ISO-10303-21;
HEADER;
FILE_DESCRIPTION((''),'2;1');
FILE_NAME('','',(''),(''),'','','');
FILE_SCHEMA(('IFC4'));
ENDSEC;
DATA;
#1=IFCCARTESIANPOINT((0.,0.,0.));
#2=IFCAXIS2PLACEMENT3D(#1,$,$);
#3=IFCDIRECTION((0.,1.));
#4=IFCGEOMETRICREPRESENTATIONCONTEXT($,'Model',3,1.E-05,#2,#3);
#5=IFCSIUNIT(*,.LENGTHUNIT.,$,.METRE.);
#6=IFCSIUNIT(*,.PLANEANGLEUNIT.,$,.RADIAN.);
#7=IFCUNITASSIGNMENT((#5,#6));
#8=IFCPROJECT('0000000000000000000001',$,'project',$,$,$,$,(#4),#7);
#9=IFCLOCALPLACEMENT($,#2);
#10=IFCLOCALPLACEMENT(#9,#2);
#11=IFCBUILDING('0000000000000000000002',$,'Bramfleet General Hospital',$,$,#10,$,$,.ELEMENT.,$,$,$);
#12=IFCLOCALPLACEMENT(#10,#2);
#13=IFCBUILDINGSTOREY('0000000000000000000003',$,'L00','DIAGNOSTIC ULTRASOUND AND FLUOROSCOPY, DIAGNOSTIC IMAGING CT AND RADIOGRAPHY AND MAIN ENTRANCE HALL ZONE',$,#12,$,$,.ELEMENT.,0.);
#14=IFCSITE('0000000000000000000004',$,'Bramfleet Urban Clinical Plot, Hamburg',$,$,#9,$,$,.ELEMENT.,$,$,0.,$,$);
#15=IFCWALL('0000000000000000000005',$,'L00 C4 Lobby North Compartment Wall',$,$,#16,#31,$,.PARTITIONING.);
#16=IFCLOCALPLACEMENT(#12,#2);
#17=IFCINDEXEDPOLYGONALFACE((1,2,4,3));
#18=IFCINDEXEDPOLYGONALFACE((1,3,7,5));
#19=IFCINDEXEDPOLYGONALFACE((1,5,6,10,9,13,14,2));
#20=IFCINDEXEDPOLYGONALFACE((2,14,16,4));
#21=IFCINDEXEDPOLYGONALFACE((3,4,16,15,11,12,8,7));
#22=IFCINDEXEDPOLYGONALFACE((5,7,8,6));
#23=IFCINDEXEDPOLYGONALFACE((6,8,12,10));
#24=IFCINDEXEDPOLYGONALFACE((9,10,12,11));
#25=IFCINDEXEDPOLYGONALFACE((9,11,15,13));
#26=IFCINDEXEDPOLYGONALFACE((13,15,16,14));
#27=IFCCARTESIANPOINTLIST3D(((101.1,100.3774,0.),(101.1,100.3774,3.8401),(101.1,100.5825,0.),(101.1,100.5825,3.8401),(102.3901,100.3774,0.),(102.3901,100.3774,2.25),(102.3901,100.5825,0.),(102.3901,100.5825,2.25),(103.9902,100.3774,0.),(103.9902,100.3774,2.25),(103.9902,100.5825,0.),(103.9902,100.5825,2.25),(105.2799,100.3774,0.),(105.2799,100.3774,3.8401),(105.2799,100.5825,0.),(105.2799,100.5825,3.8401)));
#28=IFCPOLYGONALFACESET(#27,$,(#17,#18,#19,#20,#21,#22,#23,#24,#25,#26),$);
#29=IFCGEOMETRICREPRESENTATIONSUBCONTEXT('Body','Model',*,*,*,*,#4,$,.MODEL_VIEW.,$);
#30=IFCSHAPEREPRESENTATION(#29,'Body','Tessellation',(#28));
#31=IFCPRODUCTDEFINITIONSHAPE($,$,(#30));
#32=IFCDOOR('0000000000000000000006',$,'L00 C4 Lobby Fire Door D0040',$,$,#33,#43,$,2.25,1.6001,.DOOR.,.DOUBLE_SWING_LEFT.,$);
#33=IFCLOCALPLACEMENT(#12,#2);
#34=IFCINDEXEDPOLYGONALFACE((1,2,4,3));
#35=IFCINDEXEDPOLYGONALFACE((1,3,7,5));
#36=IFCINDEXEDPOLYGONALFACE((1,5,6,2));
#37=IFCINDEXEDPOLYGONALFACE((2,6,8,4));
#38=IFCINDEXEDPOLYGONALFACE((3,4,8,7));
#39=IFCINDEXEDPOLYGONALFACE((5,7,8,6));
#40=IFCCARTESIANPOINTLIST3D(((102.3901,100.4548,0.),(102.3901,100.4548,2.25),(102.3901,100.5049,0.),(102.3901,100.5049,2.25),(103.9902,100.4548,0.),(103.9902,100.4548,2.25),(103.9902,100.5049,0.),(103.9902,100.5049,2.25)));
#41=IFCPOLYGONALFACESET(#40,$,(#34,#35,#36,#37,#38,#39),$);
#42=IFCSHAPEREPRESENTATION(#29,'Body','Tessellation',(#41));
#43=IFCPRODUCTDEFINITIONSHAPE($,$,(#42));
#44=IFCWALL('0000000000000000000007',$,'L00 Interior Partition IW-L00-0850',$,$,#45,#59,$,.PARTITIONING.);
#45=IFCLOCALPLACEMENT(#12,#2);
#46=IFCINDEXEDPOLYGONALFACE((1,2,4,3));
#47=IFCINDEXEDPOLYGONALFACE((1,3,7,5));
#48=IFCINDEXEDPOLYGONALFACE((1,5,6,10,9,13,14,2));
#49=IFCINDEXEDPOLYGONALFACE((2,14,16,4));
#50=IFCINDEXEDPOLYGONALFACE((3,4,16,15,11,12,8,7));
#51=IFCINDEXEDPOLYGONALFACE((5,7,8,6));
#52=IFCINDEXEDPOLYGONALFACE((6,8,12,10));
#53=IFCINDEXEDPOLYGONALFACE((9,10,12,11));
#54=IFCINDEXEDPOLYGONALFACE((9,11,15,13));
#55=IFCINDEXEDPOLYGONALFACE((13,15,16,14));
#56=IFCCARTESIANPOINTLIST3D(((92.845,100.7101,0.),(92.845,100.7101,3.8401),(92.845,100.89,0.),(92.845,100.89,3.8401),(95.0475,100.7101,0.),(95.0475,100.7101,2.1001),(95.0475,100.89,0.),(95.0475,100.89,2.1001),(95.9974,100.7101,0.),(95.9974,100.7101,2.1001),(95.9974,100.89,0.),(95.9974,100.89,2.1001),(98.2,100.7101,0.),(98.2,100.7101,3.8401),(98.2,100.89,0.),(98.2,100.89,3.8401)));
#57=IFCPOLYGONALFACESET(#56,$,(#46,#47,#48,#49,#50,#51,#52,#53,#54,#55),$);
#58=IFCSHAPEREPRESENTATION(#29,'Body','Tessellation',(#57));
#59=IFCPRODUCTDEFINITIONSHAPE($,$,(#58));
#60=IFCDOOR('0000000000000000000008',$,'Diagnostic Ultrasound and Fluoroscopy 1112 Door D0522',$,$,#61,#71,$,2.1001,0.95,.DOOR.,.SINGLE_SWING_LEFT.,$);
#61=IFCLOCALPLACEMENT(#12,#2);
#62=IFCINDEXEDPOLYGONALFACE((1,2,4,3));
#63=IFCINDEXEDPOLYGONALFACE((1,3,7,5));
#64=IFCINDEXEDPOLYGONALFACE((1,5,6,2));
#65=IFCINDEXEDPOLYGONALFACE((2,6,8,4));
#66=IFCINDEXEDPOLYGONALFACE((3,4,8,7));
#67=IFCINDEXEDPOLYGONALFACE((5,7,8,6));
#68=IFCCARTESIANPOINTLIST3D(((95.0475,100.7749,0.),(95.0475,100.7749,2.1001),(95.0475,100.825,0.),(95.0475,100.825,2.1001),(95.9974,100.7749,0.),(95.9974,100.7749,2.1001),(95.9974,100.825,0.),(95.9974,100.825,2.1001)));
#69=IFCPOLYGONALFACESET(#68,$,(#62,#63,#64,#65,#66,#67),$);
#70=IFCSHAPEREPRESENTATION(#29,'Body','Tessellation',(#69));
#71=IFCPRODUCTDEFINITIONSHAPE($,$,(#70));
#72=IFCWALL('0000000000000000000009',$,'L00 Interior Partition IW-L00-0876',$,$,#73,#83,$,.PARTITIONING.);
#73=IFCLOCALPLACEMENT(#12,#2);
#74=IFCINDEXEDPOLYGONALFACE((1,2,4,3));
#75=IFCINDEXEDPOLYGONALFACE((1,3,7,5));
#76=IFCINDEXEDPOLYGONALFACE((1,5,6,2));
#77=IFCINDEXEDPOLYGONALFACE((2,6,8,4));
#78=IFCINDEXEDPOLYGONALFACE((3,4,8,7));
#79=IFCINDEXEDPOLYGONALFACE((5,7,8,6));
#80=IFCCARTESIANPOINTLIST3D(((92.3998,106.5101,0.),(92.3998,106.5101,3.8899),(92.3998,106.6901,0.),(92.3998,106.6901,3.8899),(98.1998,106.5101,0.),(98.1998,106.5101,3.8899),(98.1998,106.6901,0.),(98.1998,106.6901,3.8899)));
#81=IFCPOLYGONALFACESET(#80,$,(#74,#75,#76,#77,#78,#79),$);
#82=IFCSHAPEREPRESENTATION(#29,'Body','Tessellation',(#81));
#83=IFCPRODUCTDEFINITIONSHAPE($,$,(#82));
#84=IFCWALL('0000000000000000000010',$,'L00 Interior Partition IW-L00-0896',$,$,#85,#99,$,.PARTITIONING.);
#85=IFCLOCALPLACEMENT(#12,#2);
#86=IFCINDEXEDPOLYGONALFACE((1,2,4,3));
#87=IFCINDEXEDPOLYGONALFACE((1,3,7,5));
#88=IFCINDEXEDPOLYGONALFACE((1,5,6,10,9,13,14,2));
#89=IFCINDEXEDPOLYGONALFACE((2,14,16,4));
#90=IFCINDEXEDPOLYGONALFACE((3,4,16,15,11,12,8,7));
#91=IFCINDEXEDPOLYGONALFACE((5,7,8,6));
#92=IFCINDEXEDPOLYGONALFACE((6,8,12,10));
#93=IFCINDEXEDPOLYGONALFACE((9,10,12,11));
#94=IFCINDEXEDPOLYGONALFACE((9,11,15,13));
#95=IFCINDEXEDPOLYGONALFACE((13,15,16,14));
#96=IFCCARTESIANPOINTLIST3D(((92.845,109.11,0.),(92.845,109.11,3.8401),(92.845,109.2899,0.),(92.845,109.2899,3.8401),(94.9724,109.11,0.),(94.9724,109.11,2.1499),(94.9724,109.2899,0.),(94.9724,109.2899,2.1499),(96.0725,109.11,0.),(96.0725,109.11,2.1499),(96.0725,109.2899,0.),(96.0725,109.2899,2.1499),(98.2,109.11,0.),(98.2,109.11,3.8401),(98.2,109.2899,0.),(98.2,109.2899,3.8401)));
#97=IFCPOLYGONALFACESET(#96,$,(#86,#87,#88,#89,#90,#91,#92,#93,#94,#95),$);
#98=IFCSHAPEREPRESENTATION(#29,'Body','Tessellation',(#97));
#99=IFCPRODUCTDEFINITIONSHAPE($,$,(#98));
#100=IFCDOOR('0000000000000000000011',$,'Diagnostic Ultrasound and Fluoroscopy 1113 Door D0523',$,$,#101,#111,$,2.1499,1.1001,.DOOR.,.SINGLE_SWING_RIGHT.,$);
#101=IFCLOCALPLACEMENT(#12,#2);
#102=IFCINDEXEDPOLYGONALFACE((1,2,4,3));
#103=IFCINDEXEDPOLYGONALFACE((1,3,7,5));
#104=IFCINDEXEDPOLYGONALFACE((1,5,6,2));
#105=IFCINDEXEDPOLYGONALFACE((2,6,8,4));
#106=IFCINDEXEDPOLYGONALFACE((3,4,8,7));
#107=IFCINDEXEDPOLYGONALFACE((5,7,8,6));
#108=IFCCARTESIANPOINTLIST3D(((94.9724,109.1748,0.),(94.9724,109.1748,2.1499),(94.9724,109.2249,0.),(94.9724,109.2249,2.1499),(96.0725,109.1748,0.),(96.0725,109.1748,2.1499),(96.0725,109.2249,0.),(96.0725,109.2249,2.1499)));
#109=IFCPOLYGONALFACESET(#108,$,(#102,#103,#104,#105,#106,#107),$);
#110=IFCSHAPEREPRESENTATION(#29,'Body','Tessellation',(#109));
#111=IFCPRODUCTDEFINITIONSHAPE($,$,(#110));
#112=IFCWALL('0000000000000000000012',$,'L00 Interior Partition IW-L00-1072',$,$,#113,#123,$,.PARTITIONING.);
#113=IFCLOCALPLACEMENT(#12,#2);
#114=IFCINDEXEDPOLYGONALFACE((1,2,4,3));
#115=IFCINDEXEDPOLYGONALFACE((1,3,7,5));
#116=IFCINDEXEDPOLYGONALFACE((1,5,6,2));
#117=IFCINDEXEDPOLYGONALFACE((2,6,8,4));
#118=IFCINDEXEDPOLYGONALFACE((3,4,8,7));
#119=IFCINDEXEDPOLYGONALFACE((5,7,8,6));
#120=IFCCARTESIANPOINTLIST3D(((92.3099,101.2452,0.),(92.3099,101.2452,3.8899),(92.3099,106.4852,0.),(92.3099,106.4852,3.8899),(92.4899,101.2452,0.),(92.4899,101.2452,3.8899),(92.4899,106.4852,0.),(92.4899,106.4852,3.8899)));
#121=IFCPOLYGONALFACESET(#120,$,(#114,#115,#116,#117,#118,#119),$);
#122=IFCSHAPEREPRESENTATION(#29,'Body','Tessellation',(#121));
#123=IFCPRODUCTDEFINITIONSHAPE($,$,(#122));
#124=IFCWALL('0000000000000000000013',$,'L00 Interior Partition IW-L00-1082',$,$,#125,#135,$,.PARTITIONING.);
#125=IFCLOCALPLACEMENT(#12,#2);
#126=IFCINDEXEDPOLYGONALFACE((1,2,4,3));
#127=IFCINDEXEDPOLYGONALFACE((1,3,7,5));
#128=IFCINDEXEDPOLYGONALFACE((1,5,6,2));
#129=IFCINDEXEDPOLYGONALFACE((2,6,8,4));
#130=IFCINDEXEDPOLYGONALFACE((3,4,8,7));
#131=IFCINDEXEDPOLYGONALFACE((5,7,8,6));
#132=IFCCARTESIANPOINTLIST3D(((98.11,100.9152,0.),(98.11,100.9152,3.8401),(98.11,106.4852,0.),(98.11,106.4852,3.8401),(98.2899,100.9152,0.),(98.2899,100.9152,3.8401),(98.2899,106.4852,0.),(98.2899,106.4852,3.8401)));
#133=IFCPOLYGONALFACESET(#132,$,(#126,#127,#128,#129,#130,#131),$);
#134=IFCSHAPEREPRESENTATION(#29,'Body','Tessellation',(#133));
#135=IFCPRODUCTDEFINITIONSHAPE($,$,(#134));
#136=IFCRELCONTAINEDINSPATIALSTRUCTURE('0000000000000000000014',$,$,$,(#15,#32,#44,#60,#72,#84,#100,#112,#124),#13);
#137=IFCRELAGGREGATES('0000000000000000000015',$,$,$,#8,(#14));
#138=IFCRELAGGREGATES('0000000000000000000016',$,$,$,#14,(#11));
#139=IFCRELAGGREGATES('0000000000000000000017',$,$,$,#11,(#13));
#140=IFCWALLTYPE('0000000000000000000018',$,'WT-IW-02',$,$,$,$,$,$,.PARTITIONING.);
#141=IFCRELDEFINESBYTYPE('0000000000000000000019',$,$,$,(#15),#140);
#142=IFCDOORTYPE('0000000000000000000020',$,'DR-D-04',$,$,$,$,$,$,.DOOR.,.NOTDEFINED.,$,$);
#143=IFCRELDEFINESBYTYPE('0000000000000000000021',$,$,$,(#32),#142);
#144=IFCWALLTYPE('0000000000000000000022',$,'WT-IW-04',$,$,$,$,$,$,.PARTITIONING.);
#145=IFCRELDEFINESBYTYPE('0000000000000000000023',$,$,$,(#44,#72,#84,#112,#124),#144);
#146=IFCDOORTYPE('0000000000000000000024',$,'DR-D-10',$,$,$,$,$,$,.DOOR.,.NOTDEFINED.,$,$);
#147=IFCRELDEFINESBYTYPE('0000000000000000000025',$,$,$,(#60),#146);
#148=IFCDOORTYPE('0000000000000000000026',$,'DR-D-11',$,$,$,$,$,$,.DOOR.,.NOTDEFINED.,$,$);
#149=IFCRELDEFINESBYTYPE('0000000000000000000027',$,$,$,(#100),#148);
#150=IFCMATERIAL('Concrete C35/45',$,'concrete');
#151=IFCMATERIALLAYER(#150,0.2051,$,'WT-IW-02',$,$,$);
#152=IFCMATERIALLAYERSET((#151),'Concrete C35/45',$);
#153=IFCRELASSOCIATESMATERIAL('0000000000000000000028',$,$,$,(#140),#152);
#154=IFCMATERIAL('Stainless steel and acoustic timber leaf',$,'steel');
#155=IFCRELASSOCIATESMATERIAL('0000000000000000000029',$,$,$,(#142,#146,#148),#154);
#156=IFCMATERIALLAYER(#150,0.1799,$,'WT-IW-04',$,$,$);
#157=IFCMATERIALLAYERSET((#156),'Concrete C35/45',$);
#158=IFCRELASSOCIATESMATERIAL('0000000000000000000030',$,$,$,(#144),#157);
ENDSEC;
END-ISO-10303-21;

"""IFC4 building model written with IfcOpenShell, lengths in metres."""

from ifc_helpers import new_model, si_unit, direction, frame, frame_2d, origin, place, context, subcontext, project, spatial, rectangle, extrude, material, layer, layer_set, type_object, element, fill, save


model = new_model("IFC4")

# Units and contexts
model_context = context("Model", 3, precision=1e-05, world=origin(), true_north=direction((0.0, 1.0)))
body_context = subcontext(model_context, "Body", "Model", "MODEL_VIEW")
ifc_project = project(units=[si_unit("LENGTHUNIT", "METRE"), si_unit("PLANEANGLEUNIT", "RADIAN")], contexts=[model_context])

# Site, building, storey
site_placement = place(None, origin())
site = spatial("IfcSite", under=ifc_project, at=site_placement, Name="Bramfleet Urban Clinical Plot, Hamburg", CompositionType="ELEMENT", RefElevation=0.0)
building_placement = place(site_placement, origin())
building = spatial("IfcBuilding", under=site, at=building_placement, Name="Bramfleet General Hospital", CompositionType="ELEMENT")
storey_placement = place(building_placement, origin())
storey = spatial("IfcBuildingStorey", under=building, at=storey_placement, Name="L00", Description="DIAGNOSTIC ULTRASOUND AND FLUOROSCOPY, DIAGNOSTIC IMAGING CT AND RADIOGRAPHY AND MAIN ENTRANCE HALL ZONE", CompositionType="ELEMENT", Elevation=0.0)

# Shared definitions
ifc_material_1 = material(Name="Concrete C35/45", Category="concrete")

# Shared definitions
ifc_layer_1 = layer(ifc_material_1, 0.2051, Name="WT-IW-02")
ifc_layer_set_1 = layer_set([ifc_layer_1], Name="Concrete C35/45")
wall_type_1 = type_object("IfcWallType", Name="WT-IW-02", PredefinedType="PARTITIONING", material=ifc_layer_set_1)

# Walls, openings, doors
wall_1_placement = place(storey_placement, frame((101.1001, 100.48, 0.0), z_axis=(0.0, 0.0, 1.0), x_axis=(1.0, 0.0, 0.0)))
wall_1 = element("IfcWall", 1, at=wall_1_placement, inside=storey, type_object=wall_type_1, Name="L00 C4 Lobby North Compartment Wall", PredefinedType="PARTITIONING", context=body_context, shape_type="SweptSolid", body=[
    extrude(rectangle(XDim=4.1799, YDim=0.2051, at=frame_2d((2.0898, 0.0))), origin(), (0.0, 0.0, 1.0), 3.8401),
])
opening_1_placement = place(wall_1_placement, frame((1.29, 0.0, 0.0)))
opening_1 = element("IfcOpeningElement", 2, at=opening_1_placement, cuts=wall_1, PredefinedType="OPENING", context=body_context, shape_type="SweptSolid", body=[
    extrude(rectangle(XDim=1.6001, YDim=2.25, at=frame_2d((0.8, 1.125))), frame((0.0, 0.1125, 0.0), z_axis=(0.0, -1.0, 0.0), x_axis=(1.0, 0.0, 0.0)), (0.0, 0.0, 1.0), 0.2251),
])
ifc_material_2 = material(Name="Stainless steel and acoustic timber leaf", Category="steel")
door_type_1 = type_object("IfcDoorType", Name="DR-D-04", OperationType="NOTDEFINED", PredefinedType="DOOR", material=ifc_material_2)
door_1_placement = place(opening_1_placement, origin())
door_1 = element("IfcDoor", 3, at=door_1_placement, inside=storey, type_object=door_type_1, Name="L00 C4 Lobby Fire Door D0040", OperationType="DOUBLE_SWING_LEFT", OverallHeight=2.25, OverallWidth=1.6001, PredefinedType="DOOR", context=body_context, shape_type="SweptSolid", body=[
    extrude(rectangle(XDim=1.6001, YDim=2.25, at=frame_2d((0.8, 1.125))), frame((0.0, 0.0249, 0.0), z_axis=(0.0, -1.0, 0.0), x_axis=(1.0, 0.0, 0.0)), (0.0, 0.0, 1.0), 0.05),
])
fill(opening_1, door_1)
ifc_layer_2 = layer(ifc_material_1, 0.1799, Name="WT-IW-04")
ifc_layer_set_2 = layer_set([ifc_layer_2], Name="Concrete C35/45")
wall_type_2 = type_object("IfcWallType", Name="WT-IW-04", PredefinedType="PARTITIONING", material=ifc_layer_set_2)
wall_2_placement = place(storey_placement, frame((92.845, 100.8, 0.0), z_axis=(0.0, 0.0, 1.0), x_axis=(1.0, 0.0, 0.0)))
wall_2 = element("IfcWall", 4, at=wall_2_placement, inside=storey, type_object=wall_type_2, Name="L00 Interior Partition IW-L00-0850", PredefinedType="PARTITIONING", context=body_context, shape_type="SweptSolid", body=[
    extrude(rectangle(XDim=5.355, YDim=0.1799, at=frame_2d((2.6775, 0.0))), origin(), (0.0, 0.0, 1.0), 3.8401),
])
opening_2_placement = place(wall_2_placement, frame((2.2024, 0.0, 0.0)))
opening_2 = element("IfcOpeningElement", 5, at=opening_2_placement, cuts=wall_2, PredefinedType="OPENING", context=body_context, shape_type="SweptSolid", body=[
    extrude(rectangle(XDim=0.95, YDim=2.1001, at=frame_2d((0.4751, 1.05))), frame((0.0, 0.0999, 0.0), z_axis=(0.0, -1.0, 0.0), x_axis=(1.0, 0.0, 0.0)), (0.0, 0.0, 1.0), 0.2),
])
door_type_2 = type_object("IfcDoorType", Name="DR-D-10", OperationType="NOTDEFINED", PredefinedType="DOOR", material=ifc_material_2)
door_2_placement = place(opening_2_placement, origin())
door_2 = element("IfcDoor", 6, at=door_2_placement, inside=storey, type_object=door_type_2, Name="Diagnostic Ultrasound and Fluoroscopy 1112 Door D0522", OperationType="SINGLE_SWING_LEFT", OverallHeight=2.1001, OverallWidth=0.95, PredefinedType="DOOR", context=body_context, shape_type="SweptSolid", body=[
    extrude(rectangle(XDim=0.95, YDim=2.1001, at=frame_2d((0.4751, 1.05))), frame((0.0, 0.0249, 0.0), z_axis=(0.0, -1.0, 0.0), x_axis=(1.0, 0.0, 0.0)), (0.0, 0.0, 1.0), 0.05),
])
fill(opening_2, door_2)

# Wall
wall_3_placement = place(storey_placement, frame((92.3999, 106.6001, 0.0), z_axis=(0.0, 0.0, 1.0), x_axis=(1.0, 0.0, 0.0)))
element("IfcWall", 7, at=wall_3_placement, inside=storey, type_object=wall_type_2, Name="L00 Interior Partition IW-L00-0876", PredefinedType="PARTITIONING", context=body_context, shape_type="SweptSolid", body=[
    extrude(rectangle(XDim=5.8, YDim=0.1799, at=frame_2d((2.8999, 0.0))), origin(), (0.0, 0.0, 1.0), 3.8899),
])

# Wall, opening, door
wall_4_placement = place(storey_placement, frame((92.845, 109.2, 0.0), z_axis=(0.0, 0.0, 1.0), x_axis=(1.0, 0.0, 0.0)))
wall_4 = element("IfcWall", 8, at=wall_4_placement, inside=storey, type_object=wall_type_2, Name="L00 Interior Partition IW-L00-0896", PredefinedType="PARTITIONING", context=body_context, shape_type="SweptSolid", body=[
    extrude(rectangle(XDim=5.355, YDim=0.1799, at=frame_2d((2.6775, 0.0))), origin(), (0.0, 0.0, 1.0), 3.8401),
])
opening_3_placement = place(wall_4_placement, frame((2.1274, 0.0, 0.0)))
opening_3 = element("IfcOpeningElement", 9, at=opening_3_placement, cuts=wall_4, PredefinedType="OPENING", context=body_context, shape_type="SweptSolid", body=[
    extrude(rectangle(XDim=1.1001, YDim=2.1499, at=frame_2d((0.55, 1.075))), frame((0.0, 0.0999, 0.0), z_axis=(0.0, -1.0, 0.0), x_axis=(1.0, 0.0, 0.0)), (0.0, 0.0, 1.0), 0.2),
])
door_type_3 = type_object("IfcDoorType", Name="DR-D-11", OperationType="NOTDEFINED", PredefinedType="DOOR", material=ifc_material_2)
door_3_placement = place(opening_3_placement, origin())
door_3 = element("IfcDoor", 10, at=door_3_placement, inside=storey, type_object=door_type_3, Name="Diagnostic Ultrasound and Fluoroscopy 1113 Door D0523", OperationType="SINGLE_SWING_RIGHT", OverallHeight=2.1499, OverallWidth=1.1001, PredefinedType="DOOR", context=body_context, shape_type="SweptSolid", body=[
    extrude(rectangle(XDim=1.1001, YDim=2.1499, at=frame_2d((0.55, 1.075))), frame((0.0, 0.0249, 0.0), z_axis=(0.0, -1.0, 0.0), x_axis=(1.0, 0.0, 0.0)), (0.0, 0.0, 1.0), 0.05),
])
fill(opening_3, door_3)

# Walls
wall_5_placement = place(storey_placement, frame((92.3999, 101.2451, 0.0), z_axis=(0.0, 0.0, 1.0), x_axis=(0.0, 1.0, 0.0)))
element("IfcWall", 11, at=wall_5_placement, inside=storey, type_object=wall_type_2, Name="L00 Interior Partition IW-L00-1072", PredefinedType="PARTITIONING", context=body_context, shape_type="SweptSolid", body=[
    extrude(rectangle(XDim=5.24, YDim=0.1799, at=frame_2d((2.6201, 0.0))), origin(), (0.0, 0.0, 1.0), 3.8899),
])
wall_6_placement = place(storey_placement, frame((98.2, 100.915, 0.0), z_axis=(0.0, 0.0, 1.0), x_axis=(0.0, 1.0, 0.0)))
element("IfcWall", 12, at=wall_6_placement, inside=storey, type_object=wall_type_2, Name="L00 Interior Partition IW-L00-1082", PredefinedType="PARTITIONING", context=body_context, shape_type="SweptSolid", body=[
    extrude(rectangle(XDim=5.5701, YDim=0.1799, at=frame_2d((2.7852, 0.0))), origin(), (0.0, 0.0, 1.0), 3.8401),
])

save(model, "model.ifc")
